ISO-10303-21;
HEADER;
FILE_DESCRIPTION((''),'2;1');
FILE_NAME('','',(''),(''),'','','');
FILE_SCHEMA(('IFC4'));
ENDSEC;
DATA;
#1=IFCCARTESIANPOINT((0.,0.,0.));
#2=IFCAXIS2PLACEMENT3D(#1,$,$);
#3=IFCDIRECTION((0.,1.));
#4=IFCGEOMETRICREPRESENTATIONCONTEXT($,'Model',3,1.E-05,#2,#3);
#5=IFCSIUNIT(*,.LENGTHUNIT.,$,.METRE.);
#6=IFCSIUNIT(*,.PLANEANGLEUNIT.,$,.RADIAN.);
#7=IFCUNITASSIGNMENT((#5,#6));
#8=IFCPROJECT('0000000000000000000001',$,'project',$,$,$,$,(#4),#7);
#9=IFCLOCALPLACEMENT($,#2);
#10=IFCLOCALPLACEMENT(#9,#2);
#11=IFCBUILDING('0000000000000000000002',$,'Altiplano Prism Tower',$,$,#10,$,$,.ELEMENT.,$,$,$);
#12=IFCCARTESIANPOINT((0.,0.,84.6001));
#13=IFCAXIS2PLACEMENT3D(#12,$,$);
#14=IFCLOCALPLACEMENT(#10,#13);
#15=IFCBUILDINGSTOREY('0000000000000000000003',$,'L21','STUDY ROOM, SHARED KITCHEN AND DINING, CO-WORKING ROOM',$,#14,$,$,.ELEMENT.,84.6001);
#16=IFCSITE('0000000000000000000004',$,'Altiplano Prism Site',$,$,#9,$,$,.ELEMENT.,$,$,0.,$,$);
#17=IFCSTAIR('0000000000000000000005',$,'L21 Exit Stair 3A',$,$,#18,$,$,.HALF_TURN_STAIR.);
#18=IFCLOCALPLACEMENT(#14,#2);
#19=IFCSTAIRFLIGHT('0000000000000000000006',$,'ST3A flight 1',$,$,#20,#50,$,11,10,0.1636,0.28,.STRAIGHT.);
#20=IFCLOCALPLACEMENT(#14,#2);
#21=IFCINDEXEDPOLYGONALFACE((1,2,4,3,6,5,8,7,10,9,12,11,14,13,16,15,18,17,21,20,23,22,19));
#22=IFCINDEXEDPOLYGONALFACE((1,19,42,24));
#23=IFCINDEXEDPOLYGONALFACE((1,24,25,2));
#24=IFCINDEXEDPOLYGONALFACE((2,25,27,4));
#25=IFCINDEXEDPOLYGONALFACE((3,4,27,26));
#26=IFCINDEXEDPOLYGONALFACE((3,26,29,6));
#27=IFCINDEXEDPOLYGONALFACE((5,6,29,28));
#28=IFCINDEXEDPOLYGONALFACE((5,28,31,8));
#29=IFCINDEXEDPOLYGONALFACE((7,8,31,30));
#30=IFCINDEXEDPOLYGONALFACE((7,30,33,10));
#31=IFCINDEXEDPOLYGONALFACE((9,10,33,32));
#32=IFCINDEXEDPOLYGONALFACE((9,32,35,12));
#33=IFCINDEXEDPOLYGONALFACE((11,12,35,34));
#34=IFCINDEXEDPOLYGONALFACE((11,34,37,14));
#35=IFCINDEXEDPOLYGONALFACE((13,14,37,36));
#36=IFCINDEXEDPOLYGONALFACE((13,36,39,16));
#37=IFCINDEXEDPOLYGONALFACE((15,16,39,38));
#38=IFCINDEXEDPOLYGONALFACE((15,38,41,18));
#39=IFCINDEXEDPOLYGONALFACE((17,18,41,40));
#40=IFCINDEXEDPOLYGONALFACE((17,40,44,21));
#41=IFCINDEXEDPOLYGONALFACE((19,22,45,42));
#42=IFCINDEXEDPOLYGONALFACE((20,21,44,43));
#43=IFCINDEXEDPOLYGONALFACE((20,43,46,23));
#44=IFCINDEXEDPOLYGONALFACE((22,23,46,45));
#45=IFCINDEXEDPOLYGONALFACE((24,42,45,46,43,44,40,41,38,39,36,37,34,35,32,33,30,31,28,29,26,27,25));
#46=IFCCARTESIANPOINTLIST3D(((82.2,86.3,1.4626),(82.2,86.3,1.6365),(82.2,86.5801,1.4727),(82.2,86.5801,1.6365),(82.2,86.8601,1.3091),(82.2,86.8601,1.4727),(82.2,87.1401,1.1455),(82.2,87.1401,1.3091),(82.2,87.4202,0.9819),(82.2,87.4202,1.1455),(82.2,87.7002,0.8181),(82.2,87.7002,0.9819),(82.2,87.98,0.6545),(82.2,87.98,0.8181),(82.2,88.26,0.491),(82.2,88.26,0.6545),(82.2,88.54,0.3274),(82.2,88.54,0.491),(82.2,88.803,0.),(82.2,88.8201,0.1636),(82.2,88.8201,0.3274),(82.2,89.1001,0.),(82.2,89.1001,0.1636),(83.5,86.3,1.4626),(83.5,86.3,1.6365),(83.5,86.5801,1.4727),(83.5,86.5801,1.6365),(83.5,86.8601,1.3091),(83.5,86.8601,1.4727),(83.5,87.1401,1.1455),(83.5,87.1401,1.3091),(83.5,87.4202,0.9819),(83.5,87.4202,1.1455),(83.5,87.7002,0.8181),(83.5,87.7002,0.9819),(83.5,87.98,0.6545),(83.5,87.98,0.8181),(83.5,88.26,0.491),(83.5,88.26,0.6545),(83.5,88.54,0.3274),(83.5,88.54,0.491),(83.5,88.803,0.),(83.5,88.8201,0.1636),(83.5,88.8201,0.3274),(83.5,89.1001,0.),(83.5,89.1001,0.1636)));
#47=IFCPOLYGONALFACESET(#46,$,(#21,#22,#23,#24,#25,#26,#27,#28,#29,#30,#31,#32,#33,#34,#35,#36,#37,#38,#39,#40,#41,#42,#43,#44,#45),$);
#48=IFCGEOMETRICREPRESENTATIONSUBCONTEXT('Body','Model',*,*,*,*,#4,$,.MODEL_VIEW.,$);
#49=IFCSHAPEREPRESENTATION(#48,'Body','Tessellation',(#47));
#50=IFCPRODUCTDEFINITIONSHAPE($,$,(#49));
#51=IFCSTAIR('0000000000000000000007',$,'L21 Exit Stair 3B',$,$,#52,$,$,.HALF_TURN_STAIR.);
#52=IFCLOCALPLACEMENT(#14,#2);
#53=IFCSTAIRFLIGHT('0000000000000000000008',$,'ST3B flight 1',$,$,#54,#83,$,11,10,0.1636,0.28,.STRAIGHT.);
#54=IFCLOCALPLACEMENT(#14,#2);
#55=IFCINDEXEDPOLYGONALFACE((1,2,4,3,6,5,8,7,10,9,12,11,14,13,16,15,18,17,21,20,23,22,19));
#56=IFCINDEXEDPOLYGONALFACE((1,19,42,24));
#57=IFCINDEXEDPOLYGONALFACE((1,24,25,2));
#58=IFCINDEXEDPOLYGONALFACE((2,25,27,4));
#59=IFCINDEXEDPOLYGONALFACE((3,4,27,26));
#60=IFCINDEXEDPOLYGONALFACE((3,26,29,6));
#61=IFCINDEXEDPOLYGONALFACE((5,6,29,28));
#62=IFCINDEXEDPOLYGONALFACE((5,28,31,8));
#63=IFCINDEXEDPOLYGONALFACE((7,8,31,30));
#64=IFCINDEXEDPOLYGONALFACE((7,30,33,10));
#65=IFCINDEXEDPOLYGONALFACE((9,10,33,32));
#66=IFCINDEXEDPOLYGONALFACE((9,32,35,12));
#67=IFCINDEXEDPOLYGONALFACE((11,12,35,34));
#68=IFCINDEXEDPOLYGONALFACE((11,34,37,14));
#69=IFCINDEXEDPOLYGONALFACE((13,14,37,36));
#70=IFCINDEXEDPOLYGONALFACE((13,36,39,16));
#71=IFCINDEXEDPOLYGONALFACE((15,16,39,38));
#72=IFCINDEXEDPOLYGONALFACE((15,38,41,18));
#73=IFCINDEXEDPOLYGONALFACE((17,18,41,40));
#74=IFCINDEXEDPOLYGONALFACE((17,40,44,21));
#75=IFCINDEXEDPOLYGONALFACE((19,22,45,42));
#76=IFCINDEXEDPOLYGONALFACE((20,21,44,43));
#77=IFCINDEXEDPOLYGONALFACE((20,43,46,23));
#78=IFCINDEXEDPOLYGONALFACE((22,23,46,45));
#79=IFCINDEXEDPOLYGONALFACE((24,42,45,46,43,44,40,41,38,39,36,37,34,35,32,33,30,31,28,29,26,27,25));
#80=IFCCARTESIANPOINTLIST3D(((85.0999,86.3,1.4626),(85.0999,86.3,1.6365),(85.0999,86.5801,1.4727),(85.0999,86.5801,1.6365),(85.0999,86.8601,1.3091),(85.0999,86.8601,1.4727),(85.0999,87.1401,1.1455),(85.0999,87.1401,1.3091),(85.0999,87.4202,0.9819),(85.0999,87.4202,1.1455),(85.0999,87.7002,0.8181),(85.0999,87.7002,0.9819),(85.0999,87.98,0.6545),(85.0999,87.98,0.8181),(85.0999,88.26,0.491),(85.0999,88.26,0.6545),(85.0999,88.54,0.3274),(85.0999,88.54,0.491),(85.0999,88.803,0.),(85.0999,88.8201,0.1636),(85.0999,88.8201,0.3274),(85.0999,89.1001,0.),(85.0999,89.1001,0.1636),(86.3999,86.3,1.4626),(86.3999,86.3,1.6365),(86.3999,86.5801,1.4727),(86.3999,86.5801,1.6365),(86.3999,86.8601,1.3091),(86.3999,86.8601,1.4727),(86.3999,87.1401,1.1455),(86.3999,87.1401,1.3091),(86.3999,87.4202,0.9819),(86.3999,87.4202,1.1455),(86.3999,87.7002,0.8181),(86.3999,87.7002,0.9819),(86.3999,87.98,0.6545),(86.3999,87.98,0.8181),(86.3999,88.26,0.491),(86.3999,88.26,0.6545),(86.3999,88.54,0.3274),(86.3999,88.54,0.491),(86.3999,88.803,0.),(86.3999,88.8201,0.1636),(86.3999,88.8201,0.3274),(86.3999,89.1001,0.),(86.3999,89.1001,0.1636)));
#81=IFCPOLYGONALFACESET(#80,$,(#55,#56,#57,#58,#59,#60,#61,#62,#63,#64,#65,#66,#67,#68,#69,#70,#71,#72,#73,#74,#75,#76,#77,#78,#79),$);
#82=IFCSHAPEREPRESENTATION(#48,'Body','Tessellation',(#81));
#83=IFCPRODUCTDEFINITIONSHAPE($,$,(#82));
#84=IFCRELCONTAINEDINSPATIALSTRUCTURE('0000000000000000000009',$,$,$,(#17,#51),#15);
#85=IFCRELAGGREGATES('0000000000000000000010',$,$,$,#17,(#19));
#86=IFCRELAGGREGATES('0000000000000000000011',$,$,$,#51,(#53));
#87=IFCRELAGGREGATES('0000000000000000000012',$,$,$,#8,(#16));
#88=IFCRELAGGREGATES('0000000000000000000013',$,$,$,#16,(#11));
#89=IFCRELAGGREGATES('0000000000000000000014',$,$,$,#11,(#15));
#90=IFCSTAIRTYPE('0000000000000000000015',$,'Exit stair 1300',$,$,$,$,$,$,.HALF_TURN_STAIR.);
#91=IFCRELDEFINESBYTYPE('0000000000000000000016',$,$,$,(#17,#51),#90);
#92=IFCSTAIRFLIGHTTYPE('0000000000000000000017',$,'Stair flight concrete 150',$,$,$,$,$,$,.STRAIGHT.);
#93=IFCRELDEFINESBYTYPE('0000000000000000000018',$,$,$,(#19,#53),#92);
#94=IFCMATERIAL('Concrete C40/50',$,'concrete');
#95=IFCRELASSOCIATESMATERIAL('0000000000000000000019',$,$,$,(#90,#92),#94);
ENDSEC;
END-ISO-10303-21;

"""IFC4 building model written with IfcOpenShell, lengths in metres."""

from ifc_helpers import new_model, si_unit, direction, frame, origin, place, context, subcontext, project, spatial, polyline, outline, extrude, material, type_object, element, aggregate, save


model = new_model("IFC4")

# Units and contexts
model_context = context("Model", 3, precision=1e-05, world=origin(), true_north=direction((0.0, 1.0)))
body_context = subcontext(model_context, "Body", "Model", "MODEL_VIEW")
ifc_project = project(units=[si_unit("LENGTHUNIT", "METRE"), si_unit("PLANEANGLEUNIT", "RADIAN")], contexts=[model_context])

# Site, building, storey
site_placement = place(None, origin())
site = spatial("IfcSite", under=ifc_project, at=site_placement, Name="Altiplano Prism Site", CompositionType="ELEMENT", RefElevation=0.0)
building_placement = place(site_placement, origin())
building = spatial("IfcBuilding", under=site, at=building_placement, Name="Altiplano Prism Tower", CompositionType="ELEMENT")
storey_placement = place(building_placement, frame((0.0, 0.0, 84.6001)))
storey = spatial("IfcBuildingStorey", under=building, at=storey_placement, Name="L21", Description="STUDY ROOM, SHARED KITCHEN AND DINING, CO-WORKING ROOM", CompositionType="ELEMENT", Elevation=84.6001)

# Stairs, stair flights
ifc_material_1 = material(Name="Concrete C40/50", Category="concrete")
stair_type = type_object("IfcStairType", Name="Exit stair 1300", PredefinedType="HALF_TURN_STAIR", material=ifc_material_1)
stair_1_placement = place(storey_placement, origin())
stair_1 = element("IfcStair", 1, at=stair_1_placement, inside=storey, type_object=stair_type, Name="L21 Exit Stair 3A", PredefinedType="HALF_TURN_STAIR")
stair_flight_type = type_object("IfcStairFlightType", Name="Stair flight concrete 150", PredefinedType="STRAIGHT", material=ifc_material_1)
stair_flight_1_placement = place(storey_placement, frame((82.8501, 89.1001, 0.0), z_axis=(0.0, 0.0, 1.0), x_axis=(0.0, -1.0, 0.0)))
stair_flight_1 = element("IfcStairFlight", 2, at=stair_flight_1_placement, type_object=stair_flight_type, Name="ST3A flight 1", NumberOfRisers=11, NumberOfTreads=10, PredefinedType="STRAIGHT", RiserHeight=0.1636, TreadLength=0.28, context=body_context, shape_type="SweptSolid", body=[
    extrude(outline(polyline([(0.0, 0.0), (0.0, 0.1636), (0.28, 0.1636), (0.28, 0.3274), (0.5601, 0.3274), (0.5601, 0.491), (0.8401, 0.491), (0.8401, 0.6545), (1.1201, 0.6545), (1.1201, 0.8181), (1.3999, 0.8181), (1.3999, 0.9819), (1.6799, 0.9819), (1.6799, 1.1455), (1.96, 1.1455), (1.96, 1.3091), (2.24, 1.3091), (2.24, 1.4727), (2.52, 1.4727), (2.52, 1.6365), (2.8, 1.6365), (2.8, 1.8), (2.8, 1.4626), (0.2971, 0.0), (0.0, 0.0)])), frame((0.0, 0.6499, 0.0), z_axis=(0.0, -1.0, 0.0), x_axis=(1.0, 0.0, 0.0)), (0.0, 0.0, 1.0), 1.3),
])
aggregate(stair_1, [stair_flight_1])
stair_2_placement = place(storey_placement, origin())
stair_2 = element("IfcStair", 3, at=stair_2_placement, inside=storey, type_object=stair_type, Name="L21 Exit Stair 3B", PredefinedType="HALF_TURN_STAIR")
stair_flight_2_placement = place(storey_placement, frame((85.75, 89.1001, 0.0), z_axis=(0.0, 0.0, 1.0), x_axis=(0.0, -1.0, 0.0)))
stair_flight_2 = element("IfcStairFlight", 4, at=stair_flight_2_placement, type_object=stair_flight_type, Name="ST3B flight 1", NumberOfRisers=11, NumberOfTreads=10, PredefinedType="STRAIGHT", RiserHeight=0.1636, TreadLength=0.28, context=body_context, shape_type="SweptSolid", body=[
    extrude(outline(polyline([(0.0, 0.0), (0.0, 0.1636), (0.28, 0.1636), (0.28, 0.3274), (0.5601, 0.3274), (0.5601, 0.491), (0.8401, 0.491), (0.8401, 0.6545), (1.1201, 0.6545), (1.1201, 0.8181), (1.3999, 0.8181), (1.3999, 0.9819), (1.6799, 0.9819), (1.6799, 1.1455), (1.96, 1.1455), (1.96, 1.3091), (2.24, 1.3091), (2.24, 1.4727), (2.52, 1.4727), (2.52, 1.6365), (2.8, 1.6365), (2.8, 1.8), (2.8, 1.4626), (0.2971, 0.0), (0.0, 0.0)])), frame((0.0, 0.6499, 0.0), z_axis=(0.0, -1.0, 0.0), x_axis=(1.0, 0.0, 0.0)), (0.0, 0.0, 1.0), 1.3),
])
aggregate(stair_2, [stair_flight_2])

save(model, "model.ifc")
